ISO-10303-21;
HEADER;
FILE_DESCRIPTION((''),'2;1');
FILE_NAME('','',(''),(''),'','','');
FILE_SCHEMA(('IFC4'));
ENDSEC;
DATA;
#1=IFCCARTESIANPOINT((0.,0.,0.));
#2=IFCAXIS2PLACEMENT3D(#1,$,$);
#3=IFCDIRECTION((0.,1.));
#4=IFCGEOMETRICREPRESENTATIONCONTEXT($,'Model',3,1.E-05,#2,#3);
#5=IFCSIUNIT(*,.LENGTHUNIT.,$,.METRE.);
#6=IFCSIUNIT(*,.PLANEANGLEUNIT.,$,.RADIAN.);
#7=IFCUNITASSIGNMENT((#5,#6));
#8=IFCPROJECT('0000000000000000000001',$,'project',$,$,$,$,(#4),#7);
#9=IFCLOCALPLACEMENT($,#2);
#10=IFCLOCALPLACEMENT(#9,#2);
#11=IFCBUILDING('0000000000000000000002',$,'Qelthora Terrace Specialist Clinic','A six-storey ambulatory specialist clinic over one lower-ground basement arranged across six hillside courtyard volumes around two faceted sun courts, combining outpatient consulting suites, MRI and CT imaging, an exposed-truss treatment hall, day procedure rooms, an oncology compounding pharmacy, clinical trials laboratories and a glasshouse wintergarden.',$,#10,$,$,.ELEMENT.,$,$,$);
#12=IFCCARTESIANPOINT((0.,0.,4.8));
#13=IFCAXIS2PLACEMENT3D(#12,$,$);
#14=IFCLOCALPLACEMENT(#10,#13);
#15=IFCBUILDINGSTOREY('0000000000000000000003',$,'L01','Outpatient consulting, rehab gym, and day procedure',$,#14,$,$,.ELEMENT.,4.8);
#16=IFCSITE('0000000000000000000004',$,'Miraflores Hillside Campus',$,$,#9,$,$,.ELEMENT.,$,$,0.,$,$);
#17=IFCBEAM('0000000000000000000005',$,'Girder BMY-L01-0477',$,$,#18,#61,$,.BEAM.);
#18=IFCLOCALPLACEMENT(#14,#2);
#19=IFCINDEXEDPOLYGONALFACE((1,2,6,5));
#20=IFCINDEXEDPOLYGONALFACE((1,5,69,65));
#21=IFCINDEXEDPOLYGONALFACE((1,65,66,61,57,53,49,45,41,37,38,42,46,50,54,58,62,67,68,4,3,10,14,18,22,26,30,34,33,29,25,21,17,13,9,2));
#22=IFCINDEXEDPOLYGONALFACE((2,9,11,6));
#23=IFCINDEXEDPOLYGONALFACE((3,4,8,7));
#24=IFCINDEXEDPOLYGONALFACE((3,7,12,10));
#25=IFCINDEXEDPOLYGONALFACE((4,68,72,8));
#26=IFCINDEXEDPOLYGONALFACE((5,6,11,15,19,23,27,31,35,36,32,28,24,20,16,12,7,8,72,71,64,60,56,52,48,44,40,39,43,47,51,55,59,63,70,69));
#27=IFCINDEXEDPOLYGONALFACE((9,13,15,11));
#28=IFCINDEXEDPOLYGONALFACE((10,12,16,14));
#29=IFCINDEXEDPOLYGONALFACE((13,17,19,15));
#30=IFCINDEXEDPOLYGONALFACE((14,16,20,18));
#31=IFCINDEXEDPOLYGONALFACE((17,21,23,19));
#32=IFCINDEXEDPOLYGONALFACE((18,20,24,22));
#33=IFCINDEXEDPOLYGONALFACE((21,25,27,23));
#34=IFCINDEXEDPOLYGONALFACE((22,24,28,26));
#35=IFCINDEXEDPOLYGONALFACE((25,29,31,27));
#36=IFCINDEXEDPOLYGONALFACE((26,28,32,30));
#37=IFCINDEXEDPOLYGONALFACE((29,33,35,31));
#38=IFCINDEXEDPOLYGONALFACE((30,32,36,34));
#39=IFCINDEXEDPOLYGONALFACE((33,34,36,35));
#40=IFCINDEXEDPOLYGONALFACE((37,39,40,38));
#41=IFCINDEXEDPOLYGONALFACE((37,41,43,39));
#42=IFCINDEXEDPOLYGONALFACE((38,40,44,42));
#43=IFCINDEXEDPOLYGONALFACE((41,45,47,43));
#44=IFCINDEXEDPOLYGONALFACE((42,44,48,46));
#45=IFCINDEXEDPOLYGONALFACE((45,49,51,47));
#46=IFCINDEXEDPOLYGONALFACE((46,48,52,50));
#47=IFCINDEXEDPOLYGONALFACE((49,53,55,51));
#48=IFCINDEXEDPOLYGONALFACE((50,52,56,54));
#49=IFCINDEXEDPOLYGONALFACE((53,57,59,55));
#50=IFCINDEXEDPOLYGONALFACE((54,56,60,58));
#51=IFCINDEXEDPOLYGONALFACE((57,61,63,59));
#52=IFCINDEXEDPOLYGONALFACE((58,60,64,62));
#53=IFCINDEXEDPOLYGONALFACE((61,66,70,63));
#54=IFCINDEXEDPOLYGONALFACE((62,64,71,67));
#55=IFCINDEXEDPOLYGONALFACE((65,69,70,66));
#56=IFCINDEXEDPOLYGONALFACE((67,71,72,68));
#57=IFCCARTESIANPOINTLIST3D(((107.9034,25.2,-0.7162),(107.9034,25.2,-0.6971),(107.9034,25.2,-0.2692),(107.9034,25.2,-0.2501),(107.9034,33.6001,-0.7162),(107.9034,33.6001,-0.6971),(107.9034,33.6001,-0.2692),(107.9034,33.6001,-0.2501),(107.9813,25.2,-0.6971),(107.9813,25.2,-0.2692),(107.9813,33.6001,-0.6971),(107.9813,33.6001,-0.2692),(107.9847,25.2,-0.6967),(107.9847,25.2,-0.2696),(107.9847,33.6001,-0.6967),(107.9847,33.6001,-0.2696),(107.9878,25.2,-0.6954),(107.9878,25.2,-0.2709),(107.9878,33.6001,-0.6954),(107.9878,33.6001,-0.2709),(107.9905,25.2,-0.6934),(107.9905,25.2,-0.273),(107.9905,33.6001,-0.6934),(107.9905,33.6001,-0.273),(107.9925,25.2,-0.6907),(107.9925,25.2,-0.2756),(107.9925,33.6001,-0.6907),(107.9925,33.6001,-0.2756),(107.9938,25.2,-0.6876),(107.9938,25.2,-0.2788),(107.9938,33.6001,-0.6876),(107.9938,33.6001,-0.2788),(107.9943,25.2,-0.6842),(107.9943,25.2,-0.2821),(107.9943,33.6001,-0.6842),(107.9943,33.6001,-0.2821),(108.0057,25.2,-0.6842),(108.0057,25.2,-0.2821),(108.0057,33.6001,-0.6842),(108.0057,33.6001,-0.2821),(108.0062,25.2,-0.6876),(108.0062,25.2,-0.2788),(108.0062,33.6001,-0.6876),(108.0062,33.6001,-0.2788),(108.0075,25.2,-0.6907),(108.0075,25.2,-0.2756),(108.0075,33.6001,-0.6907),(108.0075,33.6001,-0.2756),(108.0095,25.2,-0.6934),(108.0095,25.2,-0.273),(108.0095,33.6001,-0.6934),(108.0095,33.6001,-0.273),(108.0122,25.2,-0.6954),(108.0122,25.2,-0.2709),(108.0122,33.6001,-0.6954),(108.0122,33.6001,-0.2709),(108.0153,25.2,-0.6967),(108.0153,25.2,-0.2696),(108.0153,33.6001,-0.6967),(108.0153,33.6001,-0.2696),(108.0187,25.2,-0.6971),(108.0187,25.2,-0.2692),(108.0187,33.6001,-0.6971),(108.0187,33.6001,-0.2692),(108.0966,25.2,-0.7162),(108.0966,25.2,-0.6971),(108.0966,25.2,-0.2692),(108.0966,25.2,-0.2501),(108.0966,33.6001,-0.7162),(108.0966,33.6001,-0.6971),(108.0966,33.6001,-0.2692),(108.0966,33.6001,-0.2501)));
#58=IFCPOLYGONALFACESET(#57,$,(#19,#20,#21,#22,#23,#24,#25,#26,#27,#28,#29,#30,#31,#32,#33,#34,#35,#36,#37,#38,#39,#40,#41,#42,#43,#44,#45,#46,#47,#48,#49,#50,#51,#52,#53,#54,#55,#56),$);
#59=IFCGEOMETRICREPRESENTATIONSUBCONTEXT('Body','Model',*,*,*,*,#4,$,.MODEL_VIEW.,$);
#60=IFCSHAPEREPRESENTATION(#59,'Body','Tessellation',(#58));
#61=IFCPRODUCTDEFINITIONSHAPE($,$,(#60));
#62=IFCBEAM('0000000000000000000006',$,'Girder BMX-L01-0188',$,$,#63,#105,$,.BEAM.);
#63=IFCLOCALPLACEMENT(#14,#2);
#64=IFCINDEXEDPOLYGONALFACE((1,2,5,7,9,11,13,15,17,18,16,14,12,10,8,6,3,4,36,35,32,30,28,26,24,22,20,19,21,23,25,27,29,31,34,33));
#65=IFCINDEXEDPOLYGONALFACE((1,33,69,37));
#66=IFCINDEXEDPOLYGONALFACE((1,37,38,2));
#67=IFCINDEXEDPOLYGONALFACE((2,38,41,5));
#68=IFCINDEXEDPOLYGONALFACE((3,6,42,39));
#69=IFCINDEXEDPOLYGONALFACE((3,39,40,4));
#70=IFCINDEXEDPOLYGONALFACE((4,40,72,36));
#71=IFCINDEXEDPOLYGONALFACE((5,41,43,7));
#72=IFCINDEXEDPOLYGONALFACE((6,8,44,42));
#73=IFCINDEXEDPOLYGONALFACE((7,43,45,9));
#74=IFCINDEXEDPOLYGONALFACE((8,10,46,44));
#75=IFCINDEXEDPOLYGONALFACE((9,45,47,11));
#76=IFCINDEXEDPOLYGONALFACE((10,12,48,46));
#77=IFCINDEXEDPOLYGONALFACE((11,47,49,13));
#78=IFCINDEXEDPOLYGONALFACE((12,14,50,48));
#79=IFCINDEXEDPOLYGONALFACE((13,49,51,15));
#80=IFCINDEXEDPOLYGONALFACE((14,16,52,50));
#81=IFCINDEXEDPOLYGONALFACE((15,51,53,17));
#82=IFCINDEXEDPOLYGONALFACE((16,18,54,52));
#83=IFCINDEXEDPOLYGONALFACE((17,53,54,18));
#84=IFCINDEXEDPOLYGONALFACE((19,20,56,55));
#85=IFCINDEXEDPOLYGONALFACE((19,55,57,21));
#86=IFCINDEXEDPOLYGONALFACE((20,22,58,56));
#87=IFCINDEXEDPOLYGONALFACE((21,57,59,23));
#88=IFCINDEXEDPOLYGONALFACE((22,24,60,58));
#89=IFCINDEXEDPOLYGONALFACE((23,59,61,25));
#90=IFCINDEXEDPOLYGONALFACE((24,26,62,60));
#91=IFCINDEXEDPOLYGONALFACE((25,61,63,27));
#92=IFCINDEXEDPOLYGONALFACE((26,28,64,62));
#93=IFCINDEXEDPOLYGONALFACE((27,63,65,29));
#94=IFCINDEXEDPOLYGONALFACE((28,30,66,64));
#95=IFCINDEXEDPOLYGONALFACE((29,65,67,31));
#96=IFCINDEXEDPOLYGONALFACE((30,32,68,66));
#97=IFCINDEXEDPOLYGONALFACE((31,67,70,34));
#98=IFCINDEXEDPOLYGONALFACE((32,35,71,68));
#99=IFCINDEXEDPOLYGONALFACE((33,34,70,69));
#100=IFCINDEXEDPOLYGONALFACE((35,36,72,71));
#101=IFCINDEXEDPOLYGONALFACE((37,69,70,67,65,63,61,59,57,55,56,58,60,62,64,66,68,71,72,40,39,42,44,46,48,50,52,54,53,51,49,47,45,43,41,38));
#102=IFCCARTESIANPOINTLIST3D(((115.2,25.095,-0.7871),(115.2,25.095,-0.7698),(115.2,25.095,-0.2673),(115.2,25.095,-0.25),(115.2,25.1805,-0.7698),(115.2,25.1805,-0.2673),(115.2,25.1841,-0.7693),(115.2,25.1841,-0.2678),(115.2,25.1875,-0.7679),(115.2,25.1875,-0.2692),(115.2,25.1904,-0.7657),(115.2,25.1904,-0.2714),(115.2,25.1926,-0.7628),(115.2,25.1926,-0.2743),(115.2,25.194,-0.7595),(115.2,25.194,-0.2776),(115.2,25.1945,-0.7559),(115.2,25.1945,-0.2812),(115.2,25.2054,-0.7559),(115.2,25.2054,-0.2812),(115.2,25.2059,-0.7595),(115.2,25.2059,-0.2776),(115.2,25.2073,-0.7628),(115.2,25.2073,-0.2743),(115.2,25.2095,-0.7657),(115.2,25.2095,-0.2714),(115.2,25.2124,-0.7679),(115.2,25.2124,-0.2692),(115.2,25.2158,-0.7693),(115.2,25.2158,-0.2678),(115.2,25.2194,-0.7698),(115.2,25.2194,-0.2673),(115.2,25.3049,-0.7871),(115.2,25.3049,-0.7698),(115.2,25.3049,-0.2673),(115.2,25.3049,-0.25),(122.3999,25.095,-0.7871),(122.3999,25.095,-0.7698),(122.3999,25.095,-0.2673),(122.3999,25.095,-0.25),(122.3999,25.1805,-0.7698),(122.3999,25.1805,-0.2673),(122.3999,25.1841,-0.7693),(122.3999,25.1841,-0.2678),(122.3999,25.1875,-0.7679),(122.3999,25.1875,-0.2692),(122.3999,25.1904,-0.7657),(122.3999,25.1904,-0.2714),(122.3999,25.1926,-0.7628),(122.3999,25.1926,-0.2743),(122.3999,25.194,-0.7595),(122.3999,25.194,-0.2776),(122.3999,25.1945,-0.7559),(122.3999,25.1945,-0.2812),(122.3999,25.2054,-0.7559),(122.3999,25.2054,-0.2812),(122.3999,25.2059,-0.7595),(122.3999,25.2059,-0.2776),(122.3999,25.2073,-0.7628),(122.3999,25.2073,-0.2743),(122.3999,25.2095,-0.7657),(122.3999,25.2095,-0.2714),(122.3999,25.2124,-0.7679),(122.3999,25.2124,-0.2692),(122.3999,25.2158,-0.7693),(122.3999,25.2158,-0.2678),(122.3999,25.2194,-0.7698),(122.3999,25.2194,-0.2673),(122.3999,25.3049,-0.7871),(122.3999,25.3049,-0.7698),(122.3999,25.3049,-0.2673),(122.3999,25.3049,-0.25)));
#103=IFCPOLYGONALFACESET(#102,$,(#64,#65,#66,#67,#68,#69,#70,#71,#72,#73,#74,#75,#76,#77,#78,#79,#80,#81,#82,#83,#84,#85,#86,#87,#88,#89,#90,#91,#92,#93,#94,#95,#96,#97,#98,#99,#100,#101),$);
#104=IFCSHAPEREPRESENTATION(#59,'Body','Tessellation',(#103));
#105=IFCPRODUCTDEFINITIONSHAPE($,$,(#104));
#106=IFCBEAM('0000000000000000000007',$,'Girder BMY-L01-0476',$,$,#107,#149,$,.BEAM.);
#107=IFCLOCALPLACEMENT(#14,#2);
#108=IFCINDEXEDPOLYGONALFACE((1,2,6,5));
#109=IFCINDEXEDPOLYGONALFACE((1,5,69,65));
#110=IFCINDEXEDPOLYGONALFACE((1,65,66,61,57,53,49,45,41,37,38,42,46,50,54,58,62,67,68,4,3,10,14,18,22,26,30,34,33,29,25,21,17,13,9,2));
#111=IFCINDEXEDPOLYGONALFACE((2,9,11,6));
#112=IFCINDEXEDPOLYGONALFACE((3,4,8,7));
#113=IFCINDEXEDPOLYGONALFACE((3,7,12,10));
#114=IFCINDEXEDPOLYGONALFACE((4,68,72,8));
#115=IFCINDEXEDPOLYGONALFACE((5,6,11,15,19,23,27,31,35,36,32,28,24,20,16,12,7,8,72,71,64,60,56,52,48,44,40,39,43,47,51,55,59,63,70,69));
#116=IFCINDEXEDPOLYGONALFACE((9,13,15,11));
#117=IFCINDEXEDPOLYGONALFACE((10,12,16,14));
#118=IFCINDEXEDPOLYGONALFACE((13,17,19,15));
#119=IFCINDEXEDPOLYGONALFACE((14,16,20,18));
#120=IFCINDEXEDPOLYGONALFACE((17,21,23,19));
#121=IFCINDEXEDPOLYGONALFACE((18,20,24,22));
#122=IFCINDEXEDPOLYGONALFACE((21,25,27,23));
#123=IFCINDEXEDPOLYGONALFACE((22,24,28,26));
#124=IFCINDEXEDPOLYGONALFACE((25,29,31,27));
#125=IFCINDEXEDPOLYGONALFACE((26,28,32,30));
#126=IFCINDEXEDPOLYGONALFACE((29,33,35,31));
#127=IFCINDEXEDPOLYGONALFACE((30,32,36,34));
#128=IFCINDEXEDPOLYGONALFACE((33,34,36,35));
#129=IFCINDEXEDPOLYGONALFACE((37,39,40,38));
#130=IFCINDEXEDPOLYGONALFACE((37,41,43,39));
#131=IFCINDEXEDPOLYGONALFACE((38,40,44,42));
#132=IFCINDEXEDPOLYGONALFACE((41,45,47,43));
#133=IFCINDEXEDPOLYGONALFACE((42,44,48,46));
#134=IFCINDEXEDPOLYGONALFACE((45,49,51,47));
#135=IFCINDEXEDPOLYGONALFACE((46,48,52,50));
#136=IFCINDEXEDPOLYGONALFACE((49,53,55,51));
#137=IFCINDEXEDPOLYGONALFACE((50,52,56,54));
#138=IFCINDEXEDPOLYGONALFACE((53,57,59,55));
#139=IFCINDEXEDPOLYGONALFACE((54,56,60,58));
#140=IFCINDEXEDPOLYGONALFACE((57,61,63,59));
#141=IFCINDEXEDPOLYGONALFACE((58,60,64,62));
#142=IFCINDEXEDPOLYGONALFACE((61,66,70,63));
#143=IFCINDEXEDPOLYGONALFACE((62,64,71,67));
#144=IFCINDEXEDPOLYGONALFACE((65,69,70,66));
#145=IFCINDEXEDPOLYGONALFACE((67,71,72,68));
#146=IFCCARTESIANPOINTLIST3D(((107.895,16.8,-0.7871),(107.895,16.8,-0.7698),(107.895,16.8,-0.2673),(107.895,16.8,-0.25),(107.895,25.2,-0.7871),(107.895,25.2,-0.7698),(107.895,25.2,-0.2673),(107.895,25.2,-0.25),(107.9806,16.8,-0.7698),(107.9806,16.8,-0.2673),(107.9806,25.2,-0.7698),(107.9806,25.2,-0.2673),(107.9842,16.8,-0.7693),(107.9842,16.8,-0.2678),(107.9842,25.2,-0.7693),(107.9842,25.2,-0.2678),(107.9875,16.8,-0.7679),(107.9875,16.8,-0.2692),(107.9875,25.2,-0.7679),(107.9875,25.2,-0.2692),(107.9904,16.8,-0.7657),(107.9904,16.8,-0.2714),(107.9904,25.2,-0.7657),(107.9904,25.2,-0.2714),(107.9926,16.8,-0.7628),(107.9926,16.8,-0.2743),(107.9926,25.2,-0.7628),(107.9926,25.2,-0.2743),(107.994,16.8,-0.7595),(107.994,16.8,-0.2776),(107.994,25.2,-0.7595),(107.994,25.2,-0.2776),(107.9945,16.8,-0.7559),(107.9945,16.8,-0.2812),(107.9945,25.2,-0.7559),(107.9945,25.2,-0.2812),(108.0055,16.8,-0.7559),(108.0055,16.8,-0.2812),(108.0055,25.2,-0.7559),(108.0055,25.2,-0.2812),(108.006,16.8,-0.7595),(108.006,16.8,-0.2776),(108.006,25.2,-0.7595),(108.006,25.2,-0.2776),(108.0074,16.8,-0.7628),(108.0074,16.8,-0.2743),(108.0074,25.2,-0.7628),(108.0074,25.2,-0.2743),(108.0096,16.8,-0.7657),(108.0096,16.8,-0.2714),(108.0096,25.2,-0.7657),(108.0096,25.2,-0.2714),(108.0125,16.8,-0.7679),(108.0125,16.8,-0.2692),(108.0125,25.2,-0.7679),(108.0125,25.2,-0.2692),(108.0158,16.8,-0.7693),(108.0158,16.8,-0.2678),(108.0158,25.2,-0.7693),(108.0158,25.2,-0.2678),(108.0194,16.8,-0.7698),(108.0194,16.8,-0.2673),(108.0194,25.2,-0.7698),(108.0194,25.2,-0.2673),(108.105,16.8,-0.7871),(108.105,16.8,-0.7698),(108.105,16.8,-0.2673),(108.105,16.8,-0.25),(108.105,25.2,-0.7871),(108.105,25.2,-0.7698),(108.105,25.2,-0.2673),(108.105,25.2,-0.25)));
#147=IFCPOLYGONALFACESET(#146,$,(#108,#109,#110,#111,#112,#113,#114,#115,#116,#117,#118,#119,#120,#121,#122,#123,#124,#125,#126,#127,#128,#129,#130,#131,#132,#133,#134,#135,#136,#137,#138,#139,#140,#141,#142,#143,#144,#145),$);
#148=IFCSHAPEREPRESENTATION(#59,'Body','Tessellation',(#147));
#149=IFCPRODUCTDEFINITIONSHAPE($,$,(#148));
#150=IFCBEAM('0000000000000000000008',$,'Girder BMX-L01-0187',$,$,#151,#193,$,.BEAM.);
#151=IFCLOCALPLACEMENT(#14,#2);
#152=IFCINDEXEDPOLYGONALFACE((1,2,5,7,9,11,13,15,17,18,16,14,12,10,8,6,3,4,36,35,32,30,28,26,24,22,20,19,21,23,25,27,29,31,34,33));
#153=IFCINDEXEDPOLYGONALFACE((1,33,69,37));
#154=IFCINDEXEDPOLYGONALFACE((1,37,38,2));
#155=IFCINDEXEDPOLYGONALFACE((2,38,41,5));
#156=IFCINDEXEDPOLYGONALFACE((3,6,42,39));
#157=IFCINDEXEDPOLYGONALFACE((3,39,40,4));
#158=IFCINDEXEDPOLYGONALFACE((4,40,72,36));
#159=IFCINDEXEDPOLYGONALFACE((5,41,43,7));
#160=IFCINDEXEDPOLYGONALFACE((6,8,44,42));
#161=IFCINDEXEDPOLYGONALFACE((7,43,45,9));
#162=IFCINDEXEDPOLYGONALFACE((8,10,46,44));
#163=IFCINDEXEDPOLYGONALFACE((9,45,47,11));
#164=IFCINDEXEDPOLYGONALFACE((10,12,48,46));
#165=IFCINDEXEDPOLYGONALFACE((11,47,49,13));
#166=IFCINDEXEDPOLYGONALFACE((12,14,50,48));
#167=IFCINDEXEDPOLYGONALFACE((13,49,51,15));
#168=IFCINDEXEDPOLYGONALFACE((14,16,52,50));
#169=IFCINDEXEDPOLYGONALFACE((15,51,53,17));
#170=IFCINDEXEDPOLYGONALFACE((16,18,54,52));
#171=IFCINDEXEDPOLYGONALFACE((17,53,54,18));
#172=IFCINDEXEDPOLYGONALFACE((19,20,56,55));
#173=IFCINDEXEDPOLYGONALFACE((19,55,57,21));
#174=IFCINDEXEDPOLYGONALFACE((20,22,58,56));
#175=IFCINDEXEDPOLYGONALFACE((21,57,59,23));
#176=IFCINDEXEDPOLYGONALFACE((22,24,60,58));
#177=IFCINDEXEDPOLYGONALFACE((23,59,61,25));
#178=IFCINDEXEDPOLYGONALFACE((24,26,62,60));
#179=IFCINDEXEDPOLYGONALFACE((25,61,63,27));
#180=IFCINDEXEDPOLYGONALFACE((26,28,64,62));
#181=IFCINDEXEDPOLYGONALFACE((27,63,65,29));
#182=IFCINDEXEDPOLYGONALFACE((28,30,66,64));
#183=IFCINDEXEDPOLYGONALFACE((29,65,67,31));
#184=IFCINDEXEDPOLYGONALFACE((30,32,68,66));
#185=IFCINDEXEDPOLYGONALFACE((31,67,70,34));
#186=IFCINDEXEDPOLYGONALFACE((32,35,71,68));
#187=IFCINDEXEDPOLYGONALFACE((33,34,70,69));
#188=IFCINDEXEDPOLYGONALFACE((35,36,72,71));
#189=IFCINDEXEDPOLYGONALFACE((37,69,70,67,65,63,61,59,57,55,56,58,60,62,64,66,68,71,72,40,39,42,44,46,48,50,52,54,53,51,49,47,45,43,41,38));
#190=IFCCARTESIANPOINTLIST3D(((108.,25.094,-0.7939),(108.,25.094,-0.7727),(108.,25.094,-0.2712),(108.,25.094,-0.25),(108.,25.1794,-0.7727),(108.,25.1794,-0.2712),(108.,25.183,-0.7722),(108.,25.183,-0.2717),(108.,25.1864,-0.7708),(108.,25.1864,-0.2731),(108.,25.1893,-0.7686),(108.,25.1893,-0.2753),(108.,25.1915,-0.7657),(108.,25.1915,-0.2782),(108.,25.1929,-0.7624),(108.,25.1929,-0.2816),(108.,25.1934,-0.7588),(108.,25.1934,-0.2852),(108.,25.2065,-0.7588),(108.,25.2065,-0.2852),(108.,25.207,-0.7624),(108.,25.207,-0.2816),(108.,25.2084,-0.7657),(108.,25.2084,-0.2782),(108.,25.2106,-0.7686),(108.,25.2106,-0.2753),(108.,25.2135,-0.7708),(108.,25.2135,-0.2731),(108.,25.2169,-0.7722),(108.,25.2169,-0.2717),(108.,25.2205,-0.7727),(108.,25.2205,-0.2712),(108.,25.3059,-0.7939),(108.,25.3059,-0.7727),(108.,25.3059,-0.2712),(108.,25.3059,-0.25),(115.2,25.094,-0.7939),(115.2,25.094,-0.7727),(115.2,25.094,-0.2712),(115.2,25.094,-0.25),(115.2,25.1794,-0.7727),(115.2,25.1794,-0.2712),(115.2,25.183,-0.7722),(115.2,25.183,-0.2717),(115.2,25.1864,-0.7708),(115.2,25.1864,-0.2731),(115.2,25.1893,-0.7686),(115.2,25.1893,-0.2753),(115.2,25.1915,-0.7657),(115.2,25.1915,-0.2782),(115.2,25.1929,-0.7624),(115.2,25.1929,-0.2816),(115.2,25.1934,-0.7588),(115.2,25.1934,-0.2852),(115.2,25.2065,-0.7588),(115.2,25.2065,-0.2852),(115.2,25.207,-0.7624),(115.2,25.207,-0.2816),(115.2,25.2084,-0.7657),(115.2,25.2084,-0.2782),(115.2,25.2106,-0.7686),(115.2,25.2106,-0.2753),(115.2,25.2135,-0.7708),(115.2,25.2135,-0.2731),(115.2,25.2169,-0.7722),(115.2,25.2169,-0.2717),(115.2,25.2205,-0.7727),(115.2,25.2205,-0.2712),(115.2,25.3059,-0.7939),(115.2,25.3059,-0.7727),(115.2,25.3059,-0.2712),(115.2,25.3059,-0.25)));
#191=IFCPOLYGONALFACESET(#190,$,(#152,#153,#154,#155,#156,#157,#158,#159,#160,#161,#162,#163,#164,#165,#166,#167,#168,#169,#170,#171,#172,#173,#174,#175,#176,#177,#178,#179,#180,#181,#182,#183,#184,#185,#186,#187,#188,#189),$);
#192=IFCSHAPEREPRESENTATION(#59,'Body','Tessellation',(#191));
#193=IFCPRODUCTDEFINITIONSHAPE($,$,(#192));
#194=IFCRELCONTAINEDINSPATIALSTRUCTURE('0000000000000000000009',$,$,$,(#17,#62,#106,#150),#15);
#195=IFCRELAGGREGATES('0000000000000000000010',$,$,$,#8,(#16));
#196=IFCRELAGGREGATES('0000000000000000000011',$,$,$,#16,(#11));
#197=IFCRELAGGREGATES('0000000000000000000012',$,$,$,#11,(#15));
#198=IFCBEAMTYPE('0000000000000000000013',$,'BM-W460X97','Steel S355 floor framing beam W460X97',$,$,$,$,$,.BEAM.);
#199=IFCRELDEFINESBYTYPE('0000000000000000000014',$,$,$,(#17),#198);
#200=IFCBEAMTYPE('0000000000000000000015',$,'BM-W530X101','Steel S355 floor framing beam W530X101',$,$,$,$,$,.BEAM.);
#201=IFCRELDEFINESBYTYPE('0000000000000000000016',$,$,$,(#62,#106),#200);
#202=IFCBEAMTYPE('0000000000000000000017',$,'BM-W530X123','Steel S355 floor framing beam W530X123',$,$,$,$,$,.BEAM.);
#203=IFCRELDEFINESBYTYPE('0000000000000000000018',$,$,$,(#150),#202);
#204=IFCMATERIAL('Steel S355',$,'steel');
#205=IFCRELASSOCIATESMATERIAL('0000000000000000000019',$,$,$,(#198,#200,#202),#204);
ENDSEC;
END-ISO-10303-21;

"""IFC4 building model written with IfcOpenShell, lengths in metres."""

from ifc_helpers import new_model, si_unit, direction, frame, origin, origin_2d, place, context, subcontext, project, spatial, i_section, extrude, material, material_profile, profile_set, type_object, element, save


model = new_model("IFC4")

# Units and contexts
model_context = context("Model", 3, precision=1e-05, world=origin(), true_north=direction((0.0, 1.0)))
body_context = subcontext(model_context, "Body", "Model", "MODEL_VIEW")
ifc_project = project(units=[si_unit("LENGTHUNIT", "METRE"), si_unit("PLANEANGLEUNIT", "RADIAN")], contexts=[model_context])

# Site, building, storey
site_placement = place(None, origin())
site = spatial("IfcSite", under=ifc_project, at=site_placement, Name="Miraflores Hillside Campus", CompositionType="ELEMENT", RefElevation=0.0)
building_placement = place(site_placement, origin())
building = spatial("IfcBuilding", under=site, at=building_placement, Name="Qelthora Terrace Specialist Clinic", Description="A six-storey ambulatory specialist clinic over one lower-ground basement arranged across six hillside courtyard volumes around two faceted sun courts, combining outpatient consulting suites, MRI and CT imaging, an exposed-truss treatment hall, day procedure rooms, an oncology compounding pharmacy, clinical trials laboratories and a glasshouse wintergarden.", CompositionType="ELEMENT")
storey_placement = place(building_placement, frame((0.0, 0.0, 4.8)))
storey = spatial("IfcBuildingStorey", under=building, at=storey_placement, Name="L01", Description="Outpatient consulting, rehab gym, and day procedure", CompositionType="ELEMENT", Elevation=4.8)

# Shared definitions
ifc_material_1 = material(Name="Steel S355", Category="steel")

# Beams
ifc_material_profile_1 = material_profile(ifc_material_1, i_section(OverallWidth=0.1931, OverallDepth=0.4661, WebThickness=0.0115, FlangeThickness=0.019, FilletRadius=0.0129, at=origin_2d()), Name="W460X97")
ifc_profile_set_1 = profile_set([ifc_material_profile_1], Name="Steel S355")
beam_type_1 = type_object("IfcBeamType", Name="BM-W460X97", Description="Steel S355 floor framing beam W460X97", PredefinedType="BEAM", material=ifc_profile_set_1)
beam_1_placement = place(storey_placement, frame((108.0, 25.2, -0.4832), z_axis=(0.0, 1.0, 0.0), x_axis=(-1.0, 0.0, 0.0)))
element("IfcBeam", 1, at=beam_1_placement, inside=storey, type_object=beam_type_1, Name="Girder BMY-L01-0477", PredefinedType="BEAM", context=body_context, shape_type="SweptSolid", body=[
    extrude(i_section(OverallWidth=0.1931, OverallDepth=0.4661, WebThickness=0.0115, FlangeThickness=0.019, FilletRadius=0.0129, at=origin_2d()), origin(), (0.0, 0.0, 1.0), 8.4001),
])
ifc_material_profile_2 = material_profile(ifc_material_1, i_section(OverallWidth=0.21, OverallDepth=0.5371, WebThickness=0.011, FlangeThickness=0.0173, FilletRadius=0.0139, at=origin_2d()), Name="W530X101")
ifc_profile_set_2 = profile_set([ifc_material_profile_2], Name="Steel S355")
beam_type_2 = type_object("IfcBeamType", Name="BM-W530X101", Description="Steel S355 floor framing beam W530X101", PredefinedType="BEAM", material=ifc_profile_set_2)
beam_2_placement = place(storey_placement, frame((115.2, 25.2, -0.5186), z_axis=(1.0, 0.0, 0.0), x_axis=(0.0, 1.0, 0.0)))
element("IfcBeam", 2, at=beam_2_placement, inside=storey, type_object=beam_type_2, Name="Girder BMX-L01-0188", PredefinedType="BEAM", context=body_context, shape_type="SweptSolid", body=[
    extrude(i_section(OverallWidth=0.21, OverallDepth=0.5371, WebThickness=0.011, FlangeThickness=0.0173, FilletRadius=0.0139, at=origin_2d()), origin(), (0.0, 0.0, 1.0), 7.2),
])
beam_3_placement = place(storey_placement, frame((108.0, 16.8, -0.5186), z_axis=(0.0, 1.0, 0.0), x_axis=(-1.0, 0.0, 0.0)))
element("IfcBeam", 3, at=beam_3_placement, inside=storey, type_object=beam_type_2, Name="Girder BMY-L01-0476", PredefinedType="BEAM", context=body_context, shape_type="SweptSolid", body=[
    extrude(i_section(OverallWidth=0.21, OverallDepth=0.5371, WebThickness=0.011, FlangeThickness=0.0173, FilletRadius=0.0139, at=origin_2d()), origin(), (0.0, 0.0, 1.0), 8.3999),
])
ifc_material_profile_3 = material_profile(ifc_material_1, i_section(OverallWidth=0.2119, OverallDepth=0.5439, WebThickness=0.0132, FlangeThickness=0.0212, FilletRadius=0.0139, at=origin_2d()), Name="W530X123")
ifc_profile_set_3 = profile_set([ifc_material_profile_3], Name="Steel S355")
beam_type_3 = type_object("IfcBeamType", Name="BM-W530X123", Description="Steel S355 floor framing beam W530X123", PredefinedType="BEAM", material=ifc_profile_set_3)
beam_4_placement = place(storey_placement, frame((108.0, 25.2, -0.522), z_axis=(1.0, 0.0, 0.0), x_axis=(0.0, 1.0, 0.0)))
element("IfcBeam", 4, at=beam_4_placement, inside=storey, type_object=beam_type_3, Name="Girder BMX-L01-0187", PredefinedType="BEAM", context=body_context, shape_type="SweptSolid", body=[
    extrude(i_section(OverallWidth=0.2119, OverallDepth=0.5439, WebThickness=0.0132, FlangeThickness=0.0212, FilletRadius=0.0139, at=origin_2d()), origin(), (0.0, 0.0, 1.0), 7.2),
])

save(model, "model.ifc")
